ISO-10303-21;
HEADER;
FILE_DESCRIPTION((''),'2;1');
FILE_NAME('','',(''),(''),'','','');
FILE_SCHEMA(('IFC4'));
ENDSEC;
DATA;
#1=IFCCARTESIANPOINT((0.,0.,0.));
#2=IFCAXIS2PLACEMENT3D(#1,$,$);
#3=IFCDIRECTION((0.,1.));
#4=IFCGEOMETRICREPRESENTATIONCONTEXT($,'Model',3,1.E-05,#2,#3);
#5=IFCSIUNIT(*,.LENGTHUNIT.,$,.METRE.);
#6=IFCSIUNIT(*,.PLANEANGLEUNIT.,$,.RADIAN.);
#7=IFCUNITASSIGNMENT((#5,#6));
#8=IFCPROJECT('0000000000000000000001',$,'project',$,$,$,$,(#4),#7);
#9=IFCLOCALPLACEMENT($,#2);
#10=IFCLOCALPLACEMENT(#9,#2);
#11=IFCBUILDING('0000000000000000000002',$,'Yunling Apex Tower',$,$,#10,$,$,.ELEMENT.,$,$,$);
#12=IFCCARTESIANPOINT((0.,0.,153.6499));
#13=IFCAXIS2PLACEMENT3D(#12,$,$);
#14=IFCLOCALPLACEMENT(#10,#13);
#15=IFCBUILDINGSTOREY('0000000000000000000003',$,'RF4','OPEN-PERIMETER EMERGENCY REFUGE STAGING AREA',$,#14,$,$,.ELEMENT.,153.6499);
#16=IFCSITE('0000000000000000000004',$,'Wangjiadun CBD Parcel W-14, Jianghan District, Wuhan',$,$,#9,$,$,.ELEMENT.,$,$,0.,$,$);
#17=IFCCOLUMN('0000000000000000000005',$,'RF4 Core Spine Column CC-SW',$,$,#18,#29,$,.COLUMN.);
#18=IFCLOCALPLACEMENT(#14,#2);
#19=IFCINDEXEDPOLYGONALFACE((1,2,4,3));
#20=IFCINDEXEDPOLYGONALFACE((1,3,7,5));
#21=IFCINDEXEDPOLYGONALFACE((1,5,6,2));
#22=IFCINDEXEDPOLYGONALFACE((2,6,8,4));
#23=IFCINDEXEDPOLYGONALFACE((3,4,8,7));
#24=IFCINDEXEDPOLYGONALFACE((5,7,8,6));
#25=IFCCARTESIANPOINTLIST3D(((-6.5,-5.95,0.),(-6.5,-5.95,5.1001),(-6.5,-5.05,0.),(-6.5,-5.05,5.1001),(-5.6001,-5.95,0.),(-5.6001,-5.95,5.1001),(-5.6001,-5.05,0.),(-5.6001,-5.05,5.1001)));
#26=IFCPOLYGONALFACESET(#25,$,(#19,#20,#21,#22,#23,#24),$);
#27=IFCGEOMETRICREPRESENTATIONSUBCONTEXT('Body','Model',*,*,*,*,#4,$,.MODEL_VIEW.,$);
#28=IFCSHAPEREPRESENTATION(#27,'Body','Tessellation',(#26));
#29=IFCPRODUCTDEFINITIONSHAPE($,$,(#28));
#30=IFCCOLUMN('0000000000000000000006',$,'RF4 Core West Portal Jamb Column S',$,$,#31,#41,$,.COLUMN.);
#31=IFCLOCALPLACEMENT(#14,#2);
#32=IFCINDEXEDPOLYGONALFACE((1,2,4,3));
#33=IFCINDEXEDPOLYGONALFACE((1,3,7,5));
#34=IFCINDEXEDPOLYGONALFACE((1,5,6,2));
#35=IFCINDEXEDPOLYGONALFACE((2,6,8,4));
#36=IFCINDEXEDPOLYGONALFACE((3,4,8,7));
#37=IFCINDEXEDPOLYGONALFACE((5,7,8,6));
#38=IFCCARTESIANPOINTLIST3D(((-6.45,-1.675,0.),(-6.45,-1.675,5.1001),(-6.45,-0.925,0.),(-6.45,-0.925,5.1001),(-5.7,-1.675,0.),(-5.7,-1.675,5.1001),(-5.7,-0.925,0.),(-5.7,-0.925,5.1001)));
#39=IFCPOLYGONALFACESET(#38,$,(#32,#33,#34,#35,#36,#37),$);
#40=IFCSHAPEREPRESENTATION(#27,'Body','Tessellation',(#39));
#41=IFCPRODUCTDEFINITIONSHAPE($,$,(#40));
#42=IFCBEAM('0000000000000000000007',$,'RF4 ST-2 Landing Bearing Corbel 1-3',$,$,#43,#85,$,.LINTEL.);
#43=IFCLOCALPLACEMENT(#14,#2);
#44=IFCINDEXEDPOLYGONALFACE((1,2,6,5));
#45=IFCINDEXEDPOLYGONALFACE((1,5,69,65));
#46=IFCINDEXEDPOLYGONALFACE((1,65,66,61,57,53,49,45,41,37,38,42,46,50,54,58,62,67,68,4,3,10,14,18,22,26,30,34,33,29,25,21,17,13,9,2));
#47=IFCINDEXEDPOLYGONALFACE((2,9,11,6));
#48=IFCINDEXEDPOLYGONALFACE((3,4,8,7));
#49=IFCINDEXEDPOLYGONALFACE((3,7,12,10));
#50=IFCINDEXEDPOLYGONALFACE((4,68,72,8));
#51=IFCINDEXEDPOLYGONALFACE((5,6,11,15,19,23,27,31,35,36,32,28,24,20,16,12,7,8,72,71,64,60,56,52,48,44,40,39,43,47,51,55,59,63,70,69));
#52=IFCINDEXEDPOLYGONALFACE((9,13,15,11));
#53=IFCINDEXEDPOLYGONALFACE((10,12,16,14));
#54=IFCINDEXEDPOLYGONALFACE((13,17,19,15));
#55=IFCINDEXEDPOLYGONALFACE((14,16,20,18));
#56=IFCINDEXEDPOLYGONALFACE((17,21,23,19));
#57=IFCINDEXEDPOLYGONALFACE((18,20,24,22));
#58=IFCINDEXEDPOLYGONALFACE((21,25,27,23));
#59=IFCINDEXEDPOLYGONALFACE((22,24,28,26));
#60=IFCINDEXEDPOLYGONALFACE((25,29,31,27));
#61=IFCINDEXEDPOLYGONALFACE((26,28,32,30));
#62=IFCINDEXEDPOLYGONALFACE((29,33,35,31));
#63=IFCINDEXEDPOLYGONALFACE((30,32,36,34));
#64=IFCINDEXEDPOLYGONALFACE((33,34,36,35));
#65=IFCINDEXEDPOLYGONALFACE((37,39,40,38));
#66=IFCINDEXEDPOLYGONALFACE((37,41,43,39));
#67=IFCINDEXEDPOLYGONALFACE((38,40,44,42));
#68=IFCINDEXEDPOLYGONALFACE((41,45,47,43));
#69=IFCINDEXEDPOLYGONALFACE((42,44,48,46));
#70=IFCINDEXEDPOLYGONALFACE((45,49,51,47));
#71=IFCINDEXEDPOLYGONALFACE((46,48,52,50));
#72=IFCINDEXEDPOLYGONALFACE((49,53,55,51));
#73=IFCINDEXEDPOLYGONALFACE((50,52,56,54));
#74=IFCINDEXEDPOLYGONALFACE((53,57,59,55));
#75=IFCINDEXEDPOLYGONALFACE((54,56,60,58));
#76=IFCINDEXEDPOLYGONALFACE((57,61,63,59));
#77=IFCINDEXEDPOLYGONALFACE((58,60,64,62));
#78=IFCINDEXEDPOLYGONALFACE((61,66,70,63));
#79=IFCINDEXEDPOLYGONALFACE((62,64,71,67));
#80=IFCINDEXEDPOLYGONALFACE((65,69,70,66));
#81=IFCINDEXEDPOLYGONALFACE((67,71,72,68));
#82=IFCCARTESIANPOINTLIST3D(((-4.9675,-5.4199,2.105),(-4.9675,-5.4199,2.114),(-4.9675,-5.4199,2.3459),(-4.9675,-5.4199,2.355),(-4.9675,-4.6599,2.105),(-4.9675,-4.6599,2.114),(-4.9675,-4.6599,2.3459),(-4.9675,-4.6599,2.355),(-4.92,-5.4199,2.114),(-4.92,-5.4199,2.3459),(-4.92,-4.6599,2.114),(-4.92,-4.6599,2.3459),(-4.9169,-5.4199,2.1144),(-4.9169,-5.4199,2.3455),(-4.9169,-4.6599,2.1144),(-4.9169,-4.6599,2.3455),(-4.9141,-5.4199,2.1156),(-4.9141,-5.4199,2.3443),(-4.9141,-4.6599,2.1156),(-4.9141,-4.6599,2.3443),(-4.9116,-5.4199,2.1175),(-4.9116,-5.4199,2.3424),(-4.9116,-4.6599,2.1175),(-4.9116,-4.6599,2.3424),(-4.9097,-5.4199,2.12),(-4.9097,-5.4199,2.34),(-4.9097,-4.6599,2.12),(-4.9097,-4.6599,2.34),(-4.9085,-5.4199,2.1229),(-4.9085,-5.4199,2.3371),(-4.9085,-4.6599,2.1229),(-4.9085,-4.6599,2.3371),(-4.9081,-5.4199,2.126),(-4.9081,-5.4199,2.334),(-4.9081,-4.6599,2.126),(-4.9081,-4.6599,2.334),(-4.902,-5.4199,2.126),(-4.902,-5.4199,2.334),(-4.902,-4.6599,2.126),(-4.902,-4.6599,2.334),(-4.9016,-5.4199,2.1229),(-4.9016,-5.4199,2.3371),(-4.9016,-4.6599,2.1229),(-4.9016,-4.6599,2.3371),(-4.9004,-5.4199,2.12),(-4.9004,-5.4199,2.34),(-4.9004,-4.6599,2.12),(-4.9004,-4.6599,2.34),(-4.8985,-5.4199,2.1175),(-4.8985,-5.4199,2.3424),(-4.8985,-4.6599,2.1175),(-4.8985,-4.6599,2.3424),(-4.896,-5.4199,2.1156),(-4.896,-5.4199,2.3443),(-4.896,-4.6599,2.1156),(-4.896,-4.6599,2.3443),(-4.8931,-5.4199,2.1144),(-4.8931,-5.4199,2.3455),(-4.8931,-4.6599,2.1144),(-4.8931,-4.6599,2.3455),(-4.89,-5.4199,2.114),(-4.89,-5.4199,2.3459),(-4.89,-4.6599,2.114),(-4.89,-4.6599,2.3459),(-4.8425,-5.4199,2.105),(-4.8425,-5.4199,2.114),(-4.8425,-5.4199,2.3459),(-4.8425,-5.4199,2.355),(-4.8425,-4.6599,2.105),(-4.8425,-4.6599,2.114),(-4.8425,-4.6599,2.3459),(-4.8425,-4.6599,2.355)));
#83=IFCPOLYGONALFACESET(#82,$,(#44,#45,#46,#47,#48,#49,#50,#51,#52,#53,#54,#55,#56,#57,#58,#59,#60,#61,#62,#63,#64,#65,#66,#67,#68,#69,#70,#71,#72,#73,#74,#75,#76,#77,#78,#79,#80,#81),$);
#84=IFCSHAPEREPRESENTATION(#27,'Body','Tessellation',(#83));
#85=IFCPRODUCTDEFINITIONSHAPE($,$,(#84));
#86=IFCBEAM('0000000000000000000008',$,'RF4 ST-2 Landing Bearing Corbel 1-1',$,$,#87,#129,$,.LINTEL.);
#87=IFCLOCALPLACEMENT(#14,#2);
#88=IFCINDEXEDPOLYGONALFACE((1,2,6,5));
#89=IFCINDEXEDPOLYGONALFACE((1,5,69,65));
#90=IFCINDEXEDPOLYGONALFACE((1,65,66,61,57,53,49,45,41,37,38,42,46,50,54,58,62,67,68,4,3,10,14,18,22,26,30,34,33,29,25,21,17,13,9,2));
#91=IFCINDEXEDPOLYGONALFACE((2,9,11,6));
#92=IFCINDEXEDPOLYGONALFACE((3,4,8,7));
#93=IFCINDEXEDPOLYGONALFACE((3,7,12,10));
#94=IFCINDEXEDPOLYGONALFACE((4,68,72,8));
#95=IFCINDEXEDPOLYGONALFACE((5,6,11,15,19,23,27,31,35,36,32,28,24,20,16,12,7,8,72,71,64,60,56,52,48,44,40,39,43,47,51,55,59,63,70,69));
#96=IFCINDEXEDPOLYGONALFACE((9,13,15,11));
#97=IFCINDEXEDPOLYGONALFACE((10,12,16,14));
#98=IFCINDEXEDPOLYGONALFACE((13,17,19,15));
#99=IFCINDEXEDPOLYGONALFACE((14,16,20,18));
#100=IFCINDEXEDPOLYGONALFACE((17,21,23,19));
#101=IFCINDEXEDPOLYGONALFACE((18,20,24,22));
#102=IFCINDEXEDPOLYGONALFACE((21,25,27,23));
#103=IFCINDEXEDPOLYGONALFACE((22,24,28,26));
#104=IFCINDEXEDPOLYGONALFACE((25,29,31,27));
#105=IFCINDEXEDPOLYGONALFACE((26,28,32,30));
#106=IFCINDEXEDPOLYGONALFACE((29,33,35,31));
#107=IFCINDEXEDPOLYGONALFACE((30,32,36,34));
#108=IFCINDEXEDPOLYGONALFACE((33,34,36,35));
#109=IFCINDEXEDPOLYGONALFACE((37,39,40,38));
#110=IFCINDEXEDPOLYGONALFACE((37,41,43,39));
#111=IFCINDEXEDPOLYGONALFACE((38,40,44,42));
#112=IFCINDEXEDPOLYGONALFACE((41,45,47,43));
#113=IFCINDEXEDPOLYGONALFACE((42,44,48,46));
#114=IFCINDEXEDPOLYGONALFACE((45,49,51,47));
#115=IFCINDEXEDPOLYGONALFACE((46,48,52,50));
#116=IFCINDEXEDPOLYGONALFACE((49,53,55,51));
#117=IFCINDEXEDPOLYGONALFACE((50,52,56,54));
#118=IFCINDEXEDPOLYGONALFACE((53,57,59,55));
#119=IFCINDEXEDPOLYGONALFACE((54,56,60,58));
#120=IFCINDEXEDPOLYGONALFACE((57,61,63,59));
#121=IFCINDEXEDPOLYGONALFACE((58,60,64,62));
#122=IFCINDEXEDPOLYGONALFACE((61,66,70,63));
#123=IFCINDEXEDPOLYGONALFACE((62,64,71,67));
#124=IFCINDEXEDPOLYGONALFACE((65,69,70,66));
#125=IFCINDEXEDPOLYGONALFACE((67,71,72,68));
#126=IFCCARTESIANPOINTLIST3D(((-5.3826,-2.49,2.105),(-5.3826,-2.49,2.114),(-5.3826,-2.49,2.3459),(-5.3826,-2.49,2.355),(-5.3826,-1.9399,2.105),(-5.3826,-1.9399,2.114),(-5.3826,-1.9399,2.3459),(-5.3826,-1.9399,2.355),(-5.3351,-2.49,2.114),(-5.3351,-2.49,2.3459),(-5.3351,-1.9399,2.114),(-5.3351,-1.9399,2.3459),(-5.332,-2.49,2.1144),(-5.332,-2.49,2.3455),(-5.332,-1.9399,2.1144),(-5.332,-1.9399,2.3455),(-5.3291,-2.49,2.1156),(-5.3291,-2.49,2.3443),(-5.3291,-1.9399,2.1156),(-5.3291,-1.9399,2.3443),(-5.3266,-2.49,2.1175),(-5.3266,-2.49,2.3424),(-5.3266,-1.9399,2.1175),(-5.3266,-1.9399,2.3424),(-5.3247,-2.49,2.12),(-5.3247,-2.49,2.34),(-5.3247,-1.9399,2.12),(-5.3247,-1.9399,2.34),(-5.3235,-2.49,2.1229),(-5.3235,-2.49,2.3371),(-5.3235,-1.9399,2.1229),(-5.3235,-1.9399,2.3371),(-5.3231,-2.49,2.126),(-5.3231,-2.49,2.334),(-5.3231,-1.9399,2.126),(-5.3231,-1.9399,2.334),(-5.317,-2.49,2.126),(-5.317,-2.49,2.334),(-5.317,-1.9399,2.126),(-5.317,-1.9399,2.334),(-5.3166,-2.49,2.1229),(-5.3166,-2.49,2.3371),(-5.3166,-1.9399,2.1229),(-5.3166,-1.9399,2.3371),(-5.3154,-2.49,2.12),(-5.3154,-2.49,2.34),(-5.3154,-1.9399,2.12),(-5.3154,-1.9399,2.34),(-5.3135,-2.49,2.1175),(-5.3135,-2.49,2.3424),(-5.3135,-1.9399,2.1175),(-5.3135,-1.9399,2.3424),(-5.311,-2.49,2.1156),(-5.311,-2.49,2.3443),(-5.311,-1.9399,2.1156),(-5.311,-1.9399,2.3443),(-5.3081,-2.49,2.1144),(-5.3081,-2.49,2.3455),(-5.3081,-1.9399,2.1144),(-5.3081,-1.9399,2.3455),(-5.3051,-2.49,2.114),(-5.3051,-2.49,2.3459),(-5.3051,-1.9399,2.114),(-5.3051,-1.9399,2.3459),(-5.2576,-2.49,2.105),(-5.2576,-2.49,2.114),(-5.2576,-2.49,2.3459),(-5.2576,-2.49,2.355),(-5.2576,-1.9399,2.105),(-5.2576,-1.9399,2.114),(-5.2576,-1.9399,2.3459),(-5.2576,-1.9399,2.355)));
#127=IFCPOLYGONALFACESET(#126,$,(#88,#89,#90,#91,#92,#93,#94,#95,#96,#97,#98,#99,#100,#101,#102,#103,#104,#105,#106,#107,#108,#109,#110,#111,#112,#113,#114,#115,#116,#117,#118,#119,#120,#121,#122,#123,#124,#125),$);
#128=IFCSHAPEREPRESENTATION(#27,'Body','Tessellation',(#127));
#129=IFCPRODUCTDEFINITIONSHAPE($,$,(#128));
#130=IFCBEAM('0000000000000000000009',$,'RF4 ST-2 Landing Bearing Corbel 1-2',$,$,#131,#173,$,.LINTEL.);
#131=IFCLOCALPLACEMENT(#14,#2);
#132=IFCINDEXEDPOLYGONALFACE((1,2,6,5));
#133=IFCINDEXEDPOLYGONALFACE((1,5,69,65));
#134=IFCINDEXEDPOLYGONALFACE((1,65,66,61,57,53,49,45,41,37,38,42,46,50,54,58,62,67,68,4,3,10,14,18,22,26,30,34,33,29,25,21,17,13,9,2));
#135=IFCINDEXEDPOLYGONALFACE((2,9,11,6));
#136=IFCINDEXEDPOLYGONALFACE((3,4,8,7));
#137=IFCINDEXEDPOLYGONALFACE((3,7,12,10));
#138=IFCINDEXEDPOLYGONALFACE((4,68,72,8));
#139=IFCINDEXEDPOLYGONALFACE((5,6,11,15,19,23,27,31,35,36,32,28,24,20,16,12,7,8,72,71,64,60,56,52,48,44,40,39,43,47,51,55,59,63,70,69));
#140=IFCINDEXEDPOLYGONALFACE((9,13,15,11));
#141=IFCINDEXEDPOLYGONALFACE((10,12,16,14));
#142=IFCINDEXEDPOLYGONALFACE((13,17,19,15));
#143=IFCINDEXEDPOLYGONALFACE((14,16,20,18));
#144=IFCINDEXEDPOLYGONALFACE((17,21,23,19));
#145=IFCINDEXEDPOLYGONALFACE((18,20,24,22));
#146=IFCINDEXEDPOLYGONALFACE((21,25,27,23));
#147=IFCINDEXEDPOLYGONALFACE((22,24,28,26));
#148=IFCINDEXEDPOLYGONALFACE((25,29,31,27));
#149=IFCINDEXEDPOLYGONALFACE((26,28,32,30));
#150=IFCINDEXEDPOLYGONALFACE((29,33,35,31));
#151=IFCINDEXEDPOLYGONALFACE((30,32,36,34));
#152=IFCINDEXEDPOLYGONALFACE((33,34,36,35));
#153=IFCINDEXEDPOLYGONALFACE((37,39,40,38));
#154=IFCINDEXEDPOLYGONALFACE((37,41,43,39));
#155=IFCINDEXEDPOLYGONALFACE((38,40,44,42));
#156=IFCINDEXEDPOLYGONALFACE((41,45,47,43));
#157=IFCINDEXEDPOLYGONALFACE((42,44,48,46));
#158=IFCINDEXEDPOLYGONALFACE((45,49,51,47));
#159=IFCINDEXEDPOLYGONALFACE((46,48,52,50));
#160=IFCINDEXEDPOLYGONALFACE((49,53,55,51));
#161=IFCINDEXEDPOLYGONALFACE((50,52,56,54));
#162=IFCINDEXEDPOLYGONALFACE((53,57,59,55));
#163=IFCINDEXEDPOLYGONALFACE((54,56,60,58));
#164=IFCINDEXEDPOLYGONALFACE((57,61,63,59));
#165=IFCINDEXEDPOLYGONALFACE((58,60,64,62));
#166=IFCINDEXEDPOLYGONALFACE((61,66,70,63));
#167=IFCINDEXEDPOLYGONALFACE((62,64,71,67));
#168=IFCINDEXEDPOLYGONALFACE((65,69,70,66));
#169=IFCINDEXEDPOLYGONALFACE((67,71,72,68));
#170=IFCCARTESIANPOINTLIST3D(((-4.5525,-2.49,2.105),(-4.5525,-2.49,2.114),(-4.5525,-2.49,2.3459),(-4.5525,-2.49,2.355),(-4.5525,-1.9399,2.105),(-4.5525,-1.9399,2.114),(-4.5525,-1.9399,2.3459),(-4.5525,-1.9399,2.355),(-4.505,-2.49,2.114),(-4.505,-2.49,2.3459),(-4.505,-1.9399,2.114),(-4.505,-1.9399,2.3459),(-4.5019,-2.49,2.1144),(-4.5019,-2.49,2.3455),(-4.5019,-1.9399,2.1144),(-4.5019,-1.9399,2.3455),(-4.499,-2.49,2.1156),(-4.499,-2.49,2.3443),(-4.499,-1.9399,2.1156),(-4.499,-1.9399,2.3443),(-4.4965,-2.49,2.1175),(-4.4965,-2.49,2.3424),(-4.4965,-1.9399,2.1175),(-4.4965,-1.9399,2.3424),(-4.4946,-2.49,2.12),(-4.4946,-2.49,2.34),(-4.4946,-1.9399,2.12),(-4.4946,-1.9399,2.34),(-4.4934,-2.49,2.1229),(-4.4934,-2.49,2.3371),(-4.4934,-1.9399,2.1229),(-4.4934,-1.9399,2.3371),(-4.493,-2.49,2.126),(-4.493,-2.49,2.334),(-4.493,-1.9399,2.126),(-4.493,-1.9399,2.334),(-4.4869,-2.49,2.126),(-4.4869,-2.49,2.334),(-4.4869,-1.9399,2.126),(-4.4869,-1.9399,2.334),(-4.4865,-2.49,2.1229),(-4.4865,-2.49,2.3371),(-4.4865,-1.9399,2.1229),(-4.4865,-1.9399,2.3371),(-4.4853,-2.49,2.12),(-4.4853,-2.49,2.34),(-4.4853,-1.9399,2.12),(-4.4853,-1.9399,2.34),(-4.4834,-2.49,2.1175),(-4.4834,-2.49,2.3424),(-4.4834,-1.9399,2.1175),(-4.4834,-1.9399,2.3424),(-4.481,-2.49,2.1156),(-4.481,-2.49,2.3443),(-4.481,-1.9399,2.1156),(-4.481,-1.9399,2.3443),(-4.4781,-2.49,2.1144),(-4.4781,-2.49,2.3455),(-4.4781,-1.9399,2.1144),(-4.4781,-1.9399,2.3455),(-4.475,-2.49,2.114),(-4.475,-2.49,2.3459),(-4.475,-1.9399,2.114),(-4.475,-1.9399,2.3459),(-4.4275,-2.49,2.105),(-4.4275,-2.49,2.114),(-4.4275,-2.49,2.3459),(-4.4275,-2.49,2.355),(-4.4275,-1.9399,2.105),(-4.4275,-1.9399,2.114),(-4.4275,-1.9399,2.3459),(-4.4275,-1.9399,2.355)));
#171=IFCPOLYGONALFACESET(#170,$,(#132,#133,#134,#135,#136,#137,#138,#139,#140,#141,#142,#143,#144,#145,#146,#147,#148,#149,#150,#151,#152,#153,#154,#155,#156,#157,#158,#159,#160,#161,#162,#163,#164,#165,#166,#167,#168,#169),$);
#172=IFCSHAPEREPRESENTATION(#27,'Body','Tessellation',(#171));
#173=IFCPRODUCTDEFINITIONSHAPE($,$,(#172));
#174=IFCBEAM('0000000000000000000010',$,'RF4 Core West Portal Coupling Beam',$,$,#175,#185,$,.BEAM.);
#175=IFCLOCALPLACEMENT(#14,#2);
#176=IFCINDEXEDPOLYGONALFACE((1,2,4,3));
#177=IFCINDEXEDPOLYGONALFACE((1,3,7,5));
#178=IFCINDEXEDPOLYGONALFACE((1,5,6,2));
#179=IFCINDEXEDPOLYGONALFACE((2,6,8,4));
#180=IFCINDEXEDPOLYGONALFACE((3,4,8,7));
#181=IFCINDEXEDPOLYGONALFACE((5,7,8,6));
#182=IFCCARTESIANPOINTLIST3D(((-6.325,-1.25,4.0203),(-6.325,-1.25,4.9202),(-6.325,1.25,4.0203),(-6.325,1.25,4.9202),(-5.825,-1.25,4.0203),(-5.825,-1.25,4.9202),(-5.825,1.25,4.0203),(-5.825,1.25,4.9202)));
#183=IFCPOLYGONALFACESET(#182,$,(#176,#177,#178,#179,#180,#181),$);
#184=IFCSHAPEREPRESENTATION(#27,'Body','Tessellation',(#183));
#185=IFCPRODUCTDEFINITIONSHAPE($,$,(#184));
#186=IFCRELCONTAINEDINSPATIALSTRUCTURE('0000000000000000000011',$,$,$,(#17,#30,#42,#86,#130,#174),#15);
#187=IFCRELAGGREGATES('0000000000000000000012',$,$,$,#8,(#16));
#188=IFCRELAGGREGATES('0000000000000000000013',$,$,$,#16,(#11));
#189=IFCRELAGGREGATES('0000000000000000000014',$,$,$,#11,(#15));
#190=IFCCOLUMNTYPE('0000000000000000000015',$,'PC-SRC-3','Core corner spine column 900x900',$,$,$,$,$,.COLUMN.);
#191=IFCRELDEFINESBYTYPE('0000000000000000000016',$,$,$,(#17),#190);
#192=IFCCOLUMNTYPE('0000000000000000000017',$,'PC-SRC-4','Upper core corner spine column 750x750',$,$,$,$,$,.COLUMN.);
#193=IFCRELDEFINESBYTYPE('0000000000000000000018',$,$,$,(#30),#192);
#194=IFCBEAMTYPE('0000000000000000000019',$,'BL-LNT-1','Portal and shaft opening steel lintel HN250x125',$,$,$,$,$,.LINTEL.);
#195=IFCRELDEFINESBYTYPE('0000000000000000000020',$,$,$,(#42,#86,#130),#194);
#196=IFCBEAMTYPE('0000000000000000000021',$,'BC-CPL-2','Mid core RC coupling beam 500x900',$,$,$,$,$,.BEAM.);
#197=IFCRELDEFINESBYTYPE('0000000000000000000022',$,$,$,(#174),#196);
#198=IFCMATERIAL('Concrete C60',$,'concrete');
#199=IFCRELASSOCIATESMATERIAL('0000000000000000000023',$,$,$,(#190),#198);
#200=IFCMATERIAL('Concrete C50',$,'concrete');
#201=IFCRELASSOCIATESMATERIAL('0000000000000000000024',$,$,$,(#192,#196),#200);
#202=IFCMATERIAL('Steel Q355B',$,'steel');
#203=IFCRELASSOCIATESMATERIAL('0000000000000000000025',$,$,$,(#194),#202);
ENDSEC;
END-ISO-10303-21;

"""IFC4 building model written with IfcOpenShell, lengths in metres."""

from ifc_helpers import new_model, si_unit, direction, frame, origin, origin_2d, place, context, subcontext, project, spatial, rectangle, i_section, extrude, source, transform, mapped, material, material_profile, profile_set, type_object, element, save


model = new_model("IFC4")

# Units and contexts
model_context = context("Model", 3, precision=1e-05, world=origin(), true_north=direction((0.0, 1.0)))
body_context = subcontext(model_context, "Body", "Model", "MODEL_VIEW")
ifc_project = project(units=[si_unit("LENGTHUNIT", "METRE"), si_unit("PLANEANGLEUNIT", "RADIAN")], contexts=[model_context])

# Site, building, storey
site_placement = place(None, origin())
site = spatial("IfcSite", under=ifc_project, at=site_placement, Name="Wangjiadun CBD Parcel W-14, Jianghan District, Wuhan", CompositionType="ELEMENT", RefElevation=0.0)
building_placement = place(site_placement, origin())
building = spatial("IfcBuilding", under=site, at=building_placement, Name="Yunling Apex Tower", CompositionType="ELEMENT")
storey_placement = place(building_placement, frame((0.0, 0.0, 153.6499)))
storey = spatial("IfcBuildingStorey", under=building, at=storey_placement, Name="RF4", Description="OPEN-PERIMETER EMERGENCY REFUGE STAGING AREA", CompositionType="ELEMENT", Elevation=153.6499)

# Columns
ifc_material_1 = material(Name="Concrete C60", Category="concrete")
ifc_material_profile_1 = material_profile(ifc_material_1, rectangle(XDim=0.8999, YDim=0.8999, at=origin_2d()))
ifc_profile_set_1 = profile_set([ifc_material_profile_1], Name="Concrete C60")
column_type_1 = type_object("IfcColumnType", Name="PC-SRC-3", Description="Core corner spine column 900x900", PredefinedType="COLUMN", material=ifc_profile_set_1)
shared_shape_1 = source(origin(), body_context, "Body", "SweptSolid", [
    extrude(rectangle(XDim=0.8999, YDim=0.8999, at=origin_2d()), origin(), (0.0, 0.0, 1.0), 5.1001),
])
column_1_placement = place(storey_placement, frame((-6.05, -5.5, 0.0), z_axis=(0.0, 0.0, 1.0), x_axis=(1.0, 0.0, 0.0)))
element("IfcColumn", 1, at=column_1_placement, inside=storey, type_object=column_type_1, Name="RF4 Core Spine Column CC-SW", PredefinedType="COLUMN", context=body_context, shape_type="MappedRepresentation", body=[
    mapped(shared_shape_1, transform((0.0, 0.0, 0.0), scale=1.0)),
])
ifc_material_2 = material(Name="Concrete C50", Category="concrete")
ifc_material_profile_2 = material_profile(ifc_material_2, rectangle(XDim=0.75, YDim=0.75, at=origin_2d()))
ifc_profile_set_2 = profile_set([ifc_material_profile_2], Name="Concrete C50")
column_type_2 = type_object("IfcColumnType", Name="PC-SRC-4", Description="Upper core corner spine column 750x750", PredefinedType="COLUMN", material=ifc_profile_set_2)
shared_shape_2 = source(origin(), body_context, "Body", "SweptSolid", [
    extrude(rectangle(XDim=0.75, YDim=0.75, at=origin_2d()), origin(), (0.0, 0.0, 1.0), 5.1001),
])
column_2_placement = place(storey_placement, frame((-6.075, -1.3, 0.0), z_axis=(0.0, 0.0, 1.0), x_axis=(1.0, 0.0, 0.0)))
element("IfcColumn", 2, at=column_2_placement, inside=storey, type_object=column_type_2, Name="RF4 Core West Portal Jamb Column S", PredefinedType="COLUMN", context=body_context, shape_type="MappedRepresentation", body=[
    mapped(shared_shape_2, transform((0.0, 0.0, 0.0), scale=1.0)),
])

# Beams
ifc_material_3 = material(Name="Steel Q355B", Category="steel")
ifc_material_profile_3 = material_profile(ifc_material_3, i_section(OverallWidth=0.125, OverallDepth=0.25, WebThickness=0.0061, FlangeThickness=0.009, FilletRadius=0.012, at=origin_2d()))
ifc_profile_set_3 = profile_set([ifc_material_profile_3], Name="Steel Q355B")
beam_type_1 = type_object("IfcBeamType", Name="BL-LNT-1", Description="Portal and shaft opening steel lintel HN250x125", PredefinedType="LINTEL", material=ifc_profile_set_3)
shared_shape_3 = source(origin(), body_context, "Body", "SweptSolid", [
    extrude(i_section(OverallWidth=0.125, OverallDepth=0.25, WebThickness=0.0061, FlangeThickness=0.009, FilletRadius=0.012, at=origin_2d()), origin(), (0.0, 0.0, 1.0), 0.76),
])
beam_1_placement = place(storey_placement, frame((-4.905, -5.4199, 2.23), z_axis=(0.0, 1.0, 0.0), x_axis=(-1.0, 0.0, 0.0)))
element("IfcBeam", 3, at=beam_1_placement, inside=storey, type_object=beam_type_1, Name="RF4 ST-2 Landing Bearing Corbel 1-3", PredefinedType="LINTEL", context=body_context, shape_type="MappedRepresentation", body=[
    mapped(shared_shape_3, transform((0.0, 0.0, 0.0), scale=1.0)),
])
shared_shape_4 = source(origin(), body_context, "Body", "SweptSolid", [
    extrude(i_section(OverallWidth=0.125, OverallDepth=0.25, WebThickness=0.0061, FlangeThickness=0.009, FilletRadius=0.012, at=origin_2d()), origin(), (0.0, 0.0, 1.0), 0.55),
])
for number, where, z_axis, x_axis, name in (
    (4, (-5.3201, -1.9399, 2.23), (0.0, -1.0, 0.0), (1.0, 0.0, 0.0), "RF4 ST-2 Landing Bearing Corbel 1-1"),
    (5, (-4.49, -1.9399, 2.23), (0.0, -1.0, 0.0), (1.0, 0.0, 0.0), "RF4 ST-2 Landing Bearing Corbel 1-2"),
):
    element("IfcBeam", number, at=place(storey_placement, frame(where, z_axis=z_axis, x_axis=x_axis)), inside=storey, type_object=beam_type_1, Name=name, PredefinedType="LINTEL", context=body_context, shape_type="MappedRepresentation", body=[
        mapped(shared_shape_4, transform((0.0, 0.0, 0.0), scale=1.0)),
    ])
ifc_material_profile_4 = material_profile(ifc_material_2, rectangle(XDim=0.5, YDim=0.8999, at=origin_2d()))
ifc_profile_set_4 = profile_set([ifc_material_profile_4], Name="Concrete C50")
beam_type_2 = type_object("IfcBeamType", Name="BC-CPL-2", Description="Mid core RC coupling beam 500x900", PredefinedType="BEAM", material=ifc_profile_set_4)
shared_shape_5 = source(origin(), body_context, "Body", "SweptSolid", [
    extrude(rectangle(XDim=0.5, YDim=0.8999, at=origin_2d()), origin(), (0.0, 0.0, 1.0), 2.5),
])
beam_2_placement = place(storey_placement, frame((-6.075, -1.25, 4.4702), z_axis=(0.0, 1.0, 0.0), x_axis=(-1.0, 0.0, 0.0)))
element("IfcBeam", 6, at=beam_2_placement, inside=storey, type_object=beam_type_2, Name="RF4 Core West Portal Coupling Beam", PredefinedType="BEAM", context=body_context, shape_type="MappedRepresentation", body=[
    mapped(shared_shape_5, transform((0.0, 0.0, 0.0), scale=1.0)),
])

save(model, "model.ifc")
